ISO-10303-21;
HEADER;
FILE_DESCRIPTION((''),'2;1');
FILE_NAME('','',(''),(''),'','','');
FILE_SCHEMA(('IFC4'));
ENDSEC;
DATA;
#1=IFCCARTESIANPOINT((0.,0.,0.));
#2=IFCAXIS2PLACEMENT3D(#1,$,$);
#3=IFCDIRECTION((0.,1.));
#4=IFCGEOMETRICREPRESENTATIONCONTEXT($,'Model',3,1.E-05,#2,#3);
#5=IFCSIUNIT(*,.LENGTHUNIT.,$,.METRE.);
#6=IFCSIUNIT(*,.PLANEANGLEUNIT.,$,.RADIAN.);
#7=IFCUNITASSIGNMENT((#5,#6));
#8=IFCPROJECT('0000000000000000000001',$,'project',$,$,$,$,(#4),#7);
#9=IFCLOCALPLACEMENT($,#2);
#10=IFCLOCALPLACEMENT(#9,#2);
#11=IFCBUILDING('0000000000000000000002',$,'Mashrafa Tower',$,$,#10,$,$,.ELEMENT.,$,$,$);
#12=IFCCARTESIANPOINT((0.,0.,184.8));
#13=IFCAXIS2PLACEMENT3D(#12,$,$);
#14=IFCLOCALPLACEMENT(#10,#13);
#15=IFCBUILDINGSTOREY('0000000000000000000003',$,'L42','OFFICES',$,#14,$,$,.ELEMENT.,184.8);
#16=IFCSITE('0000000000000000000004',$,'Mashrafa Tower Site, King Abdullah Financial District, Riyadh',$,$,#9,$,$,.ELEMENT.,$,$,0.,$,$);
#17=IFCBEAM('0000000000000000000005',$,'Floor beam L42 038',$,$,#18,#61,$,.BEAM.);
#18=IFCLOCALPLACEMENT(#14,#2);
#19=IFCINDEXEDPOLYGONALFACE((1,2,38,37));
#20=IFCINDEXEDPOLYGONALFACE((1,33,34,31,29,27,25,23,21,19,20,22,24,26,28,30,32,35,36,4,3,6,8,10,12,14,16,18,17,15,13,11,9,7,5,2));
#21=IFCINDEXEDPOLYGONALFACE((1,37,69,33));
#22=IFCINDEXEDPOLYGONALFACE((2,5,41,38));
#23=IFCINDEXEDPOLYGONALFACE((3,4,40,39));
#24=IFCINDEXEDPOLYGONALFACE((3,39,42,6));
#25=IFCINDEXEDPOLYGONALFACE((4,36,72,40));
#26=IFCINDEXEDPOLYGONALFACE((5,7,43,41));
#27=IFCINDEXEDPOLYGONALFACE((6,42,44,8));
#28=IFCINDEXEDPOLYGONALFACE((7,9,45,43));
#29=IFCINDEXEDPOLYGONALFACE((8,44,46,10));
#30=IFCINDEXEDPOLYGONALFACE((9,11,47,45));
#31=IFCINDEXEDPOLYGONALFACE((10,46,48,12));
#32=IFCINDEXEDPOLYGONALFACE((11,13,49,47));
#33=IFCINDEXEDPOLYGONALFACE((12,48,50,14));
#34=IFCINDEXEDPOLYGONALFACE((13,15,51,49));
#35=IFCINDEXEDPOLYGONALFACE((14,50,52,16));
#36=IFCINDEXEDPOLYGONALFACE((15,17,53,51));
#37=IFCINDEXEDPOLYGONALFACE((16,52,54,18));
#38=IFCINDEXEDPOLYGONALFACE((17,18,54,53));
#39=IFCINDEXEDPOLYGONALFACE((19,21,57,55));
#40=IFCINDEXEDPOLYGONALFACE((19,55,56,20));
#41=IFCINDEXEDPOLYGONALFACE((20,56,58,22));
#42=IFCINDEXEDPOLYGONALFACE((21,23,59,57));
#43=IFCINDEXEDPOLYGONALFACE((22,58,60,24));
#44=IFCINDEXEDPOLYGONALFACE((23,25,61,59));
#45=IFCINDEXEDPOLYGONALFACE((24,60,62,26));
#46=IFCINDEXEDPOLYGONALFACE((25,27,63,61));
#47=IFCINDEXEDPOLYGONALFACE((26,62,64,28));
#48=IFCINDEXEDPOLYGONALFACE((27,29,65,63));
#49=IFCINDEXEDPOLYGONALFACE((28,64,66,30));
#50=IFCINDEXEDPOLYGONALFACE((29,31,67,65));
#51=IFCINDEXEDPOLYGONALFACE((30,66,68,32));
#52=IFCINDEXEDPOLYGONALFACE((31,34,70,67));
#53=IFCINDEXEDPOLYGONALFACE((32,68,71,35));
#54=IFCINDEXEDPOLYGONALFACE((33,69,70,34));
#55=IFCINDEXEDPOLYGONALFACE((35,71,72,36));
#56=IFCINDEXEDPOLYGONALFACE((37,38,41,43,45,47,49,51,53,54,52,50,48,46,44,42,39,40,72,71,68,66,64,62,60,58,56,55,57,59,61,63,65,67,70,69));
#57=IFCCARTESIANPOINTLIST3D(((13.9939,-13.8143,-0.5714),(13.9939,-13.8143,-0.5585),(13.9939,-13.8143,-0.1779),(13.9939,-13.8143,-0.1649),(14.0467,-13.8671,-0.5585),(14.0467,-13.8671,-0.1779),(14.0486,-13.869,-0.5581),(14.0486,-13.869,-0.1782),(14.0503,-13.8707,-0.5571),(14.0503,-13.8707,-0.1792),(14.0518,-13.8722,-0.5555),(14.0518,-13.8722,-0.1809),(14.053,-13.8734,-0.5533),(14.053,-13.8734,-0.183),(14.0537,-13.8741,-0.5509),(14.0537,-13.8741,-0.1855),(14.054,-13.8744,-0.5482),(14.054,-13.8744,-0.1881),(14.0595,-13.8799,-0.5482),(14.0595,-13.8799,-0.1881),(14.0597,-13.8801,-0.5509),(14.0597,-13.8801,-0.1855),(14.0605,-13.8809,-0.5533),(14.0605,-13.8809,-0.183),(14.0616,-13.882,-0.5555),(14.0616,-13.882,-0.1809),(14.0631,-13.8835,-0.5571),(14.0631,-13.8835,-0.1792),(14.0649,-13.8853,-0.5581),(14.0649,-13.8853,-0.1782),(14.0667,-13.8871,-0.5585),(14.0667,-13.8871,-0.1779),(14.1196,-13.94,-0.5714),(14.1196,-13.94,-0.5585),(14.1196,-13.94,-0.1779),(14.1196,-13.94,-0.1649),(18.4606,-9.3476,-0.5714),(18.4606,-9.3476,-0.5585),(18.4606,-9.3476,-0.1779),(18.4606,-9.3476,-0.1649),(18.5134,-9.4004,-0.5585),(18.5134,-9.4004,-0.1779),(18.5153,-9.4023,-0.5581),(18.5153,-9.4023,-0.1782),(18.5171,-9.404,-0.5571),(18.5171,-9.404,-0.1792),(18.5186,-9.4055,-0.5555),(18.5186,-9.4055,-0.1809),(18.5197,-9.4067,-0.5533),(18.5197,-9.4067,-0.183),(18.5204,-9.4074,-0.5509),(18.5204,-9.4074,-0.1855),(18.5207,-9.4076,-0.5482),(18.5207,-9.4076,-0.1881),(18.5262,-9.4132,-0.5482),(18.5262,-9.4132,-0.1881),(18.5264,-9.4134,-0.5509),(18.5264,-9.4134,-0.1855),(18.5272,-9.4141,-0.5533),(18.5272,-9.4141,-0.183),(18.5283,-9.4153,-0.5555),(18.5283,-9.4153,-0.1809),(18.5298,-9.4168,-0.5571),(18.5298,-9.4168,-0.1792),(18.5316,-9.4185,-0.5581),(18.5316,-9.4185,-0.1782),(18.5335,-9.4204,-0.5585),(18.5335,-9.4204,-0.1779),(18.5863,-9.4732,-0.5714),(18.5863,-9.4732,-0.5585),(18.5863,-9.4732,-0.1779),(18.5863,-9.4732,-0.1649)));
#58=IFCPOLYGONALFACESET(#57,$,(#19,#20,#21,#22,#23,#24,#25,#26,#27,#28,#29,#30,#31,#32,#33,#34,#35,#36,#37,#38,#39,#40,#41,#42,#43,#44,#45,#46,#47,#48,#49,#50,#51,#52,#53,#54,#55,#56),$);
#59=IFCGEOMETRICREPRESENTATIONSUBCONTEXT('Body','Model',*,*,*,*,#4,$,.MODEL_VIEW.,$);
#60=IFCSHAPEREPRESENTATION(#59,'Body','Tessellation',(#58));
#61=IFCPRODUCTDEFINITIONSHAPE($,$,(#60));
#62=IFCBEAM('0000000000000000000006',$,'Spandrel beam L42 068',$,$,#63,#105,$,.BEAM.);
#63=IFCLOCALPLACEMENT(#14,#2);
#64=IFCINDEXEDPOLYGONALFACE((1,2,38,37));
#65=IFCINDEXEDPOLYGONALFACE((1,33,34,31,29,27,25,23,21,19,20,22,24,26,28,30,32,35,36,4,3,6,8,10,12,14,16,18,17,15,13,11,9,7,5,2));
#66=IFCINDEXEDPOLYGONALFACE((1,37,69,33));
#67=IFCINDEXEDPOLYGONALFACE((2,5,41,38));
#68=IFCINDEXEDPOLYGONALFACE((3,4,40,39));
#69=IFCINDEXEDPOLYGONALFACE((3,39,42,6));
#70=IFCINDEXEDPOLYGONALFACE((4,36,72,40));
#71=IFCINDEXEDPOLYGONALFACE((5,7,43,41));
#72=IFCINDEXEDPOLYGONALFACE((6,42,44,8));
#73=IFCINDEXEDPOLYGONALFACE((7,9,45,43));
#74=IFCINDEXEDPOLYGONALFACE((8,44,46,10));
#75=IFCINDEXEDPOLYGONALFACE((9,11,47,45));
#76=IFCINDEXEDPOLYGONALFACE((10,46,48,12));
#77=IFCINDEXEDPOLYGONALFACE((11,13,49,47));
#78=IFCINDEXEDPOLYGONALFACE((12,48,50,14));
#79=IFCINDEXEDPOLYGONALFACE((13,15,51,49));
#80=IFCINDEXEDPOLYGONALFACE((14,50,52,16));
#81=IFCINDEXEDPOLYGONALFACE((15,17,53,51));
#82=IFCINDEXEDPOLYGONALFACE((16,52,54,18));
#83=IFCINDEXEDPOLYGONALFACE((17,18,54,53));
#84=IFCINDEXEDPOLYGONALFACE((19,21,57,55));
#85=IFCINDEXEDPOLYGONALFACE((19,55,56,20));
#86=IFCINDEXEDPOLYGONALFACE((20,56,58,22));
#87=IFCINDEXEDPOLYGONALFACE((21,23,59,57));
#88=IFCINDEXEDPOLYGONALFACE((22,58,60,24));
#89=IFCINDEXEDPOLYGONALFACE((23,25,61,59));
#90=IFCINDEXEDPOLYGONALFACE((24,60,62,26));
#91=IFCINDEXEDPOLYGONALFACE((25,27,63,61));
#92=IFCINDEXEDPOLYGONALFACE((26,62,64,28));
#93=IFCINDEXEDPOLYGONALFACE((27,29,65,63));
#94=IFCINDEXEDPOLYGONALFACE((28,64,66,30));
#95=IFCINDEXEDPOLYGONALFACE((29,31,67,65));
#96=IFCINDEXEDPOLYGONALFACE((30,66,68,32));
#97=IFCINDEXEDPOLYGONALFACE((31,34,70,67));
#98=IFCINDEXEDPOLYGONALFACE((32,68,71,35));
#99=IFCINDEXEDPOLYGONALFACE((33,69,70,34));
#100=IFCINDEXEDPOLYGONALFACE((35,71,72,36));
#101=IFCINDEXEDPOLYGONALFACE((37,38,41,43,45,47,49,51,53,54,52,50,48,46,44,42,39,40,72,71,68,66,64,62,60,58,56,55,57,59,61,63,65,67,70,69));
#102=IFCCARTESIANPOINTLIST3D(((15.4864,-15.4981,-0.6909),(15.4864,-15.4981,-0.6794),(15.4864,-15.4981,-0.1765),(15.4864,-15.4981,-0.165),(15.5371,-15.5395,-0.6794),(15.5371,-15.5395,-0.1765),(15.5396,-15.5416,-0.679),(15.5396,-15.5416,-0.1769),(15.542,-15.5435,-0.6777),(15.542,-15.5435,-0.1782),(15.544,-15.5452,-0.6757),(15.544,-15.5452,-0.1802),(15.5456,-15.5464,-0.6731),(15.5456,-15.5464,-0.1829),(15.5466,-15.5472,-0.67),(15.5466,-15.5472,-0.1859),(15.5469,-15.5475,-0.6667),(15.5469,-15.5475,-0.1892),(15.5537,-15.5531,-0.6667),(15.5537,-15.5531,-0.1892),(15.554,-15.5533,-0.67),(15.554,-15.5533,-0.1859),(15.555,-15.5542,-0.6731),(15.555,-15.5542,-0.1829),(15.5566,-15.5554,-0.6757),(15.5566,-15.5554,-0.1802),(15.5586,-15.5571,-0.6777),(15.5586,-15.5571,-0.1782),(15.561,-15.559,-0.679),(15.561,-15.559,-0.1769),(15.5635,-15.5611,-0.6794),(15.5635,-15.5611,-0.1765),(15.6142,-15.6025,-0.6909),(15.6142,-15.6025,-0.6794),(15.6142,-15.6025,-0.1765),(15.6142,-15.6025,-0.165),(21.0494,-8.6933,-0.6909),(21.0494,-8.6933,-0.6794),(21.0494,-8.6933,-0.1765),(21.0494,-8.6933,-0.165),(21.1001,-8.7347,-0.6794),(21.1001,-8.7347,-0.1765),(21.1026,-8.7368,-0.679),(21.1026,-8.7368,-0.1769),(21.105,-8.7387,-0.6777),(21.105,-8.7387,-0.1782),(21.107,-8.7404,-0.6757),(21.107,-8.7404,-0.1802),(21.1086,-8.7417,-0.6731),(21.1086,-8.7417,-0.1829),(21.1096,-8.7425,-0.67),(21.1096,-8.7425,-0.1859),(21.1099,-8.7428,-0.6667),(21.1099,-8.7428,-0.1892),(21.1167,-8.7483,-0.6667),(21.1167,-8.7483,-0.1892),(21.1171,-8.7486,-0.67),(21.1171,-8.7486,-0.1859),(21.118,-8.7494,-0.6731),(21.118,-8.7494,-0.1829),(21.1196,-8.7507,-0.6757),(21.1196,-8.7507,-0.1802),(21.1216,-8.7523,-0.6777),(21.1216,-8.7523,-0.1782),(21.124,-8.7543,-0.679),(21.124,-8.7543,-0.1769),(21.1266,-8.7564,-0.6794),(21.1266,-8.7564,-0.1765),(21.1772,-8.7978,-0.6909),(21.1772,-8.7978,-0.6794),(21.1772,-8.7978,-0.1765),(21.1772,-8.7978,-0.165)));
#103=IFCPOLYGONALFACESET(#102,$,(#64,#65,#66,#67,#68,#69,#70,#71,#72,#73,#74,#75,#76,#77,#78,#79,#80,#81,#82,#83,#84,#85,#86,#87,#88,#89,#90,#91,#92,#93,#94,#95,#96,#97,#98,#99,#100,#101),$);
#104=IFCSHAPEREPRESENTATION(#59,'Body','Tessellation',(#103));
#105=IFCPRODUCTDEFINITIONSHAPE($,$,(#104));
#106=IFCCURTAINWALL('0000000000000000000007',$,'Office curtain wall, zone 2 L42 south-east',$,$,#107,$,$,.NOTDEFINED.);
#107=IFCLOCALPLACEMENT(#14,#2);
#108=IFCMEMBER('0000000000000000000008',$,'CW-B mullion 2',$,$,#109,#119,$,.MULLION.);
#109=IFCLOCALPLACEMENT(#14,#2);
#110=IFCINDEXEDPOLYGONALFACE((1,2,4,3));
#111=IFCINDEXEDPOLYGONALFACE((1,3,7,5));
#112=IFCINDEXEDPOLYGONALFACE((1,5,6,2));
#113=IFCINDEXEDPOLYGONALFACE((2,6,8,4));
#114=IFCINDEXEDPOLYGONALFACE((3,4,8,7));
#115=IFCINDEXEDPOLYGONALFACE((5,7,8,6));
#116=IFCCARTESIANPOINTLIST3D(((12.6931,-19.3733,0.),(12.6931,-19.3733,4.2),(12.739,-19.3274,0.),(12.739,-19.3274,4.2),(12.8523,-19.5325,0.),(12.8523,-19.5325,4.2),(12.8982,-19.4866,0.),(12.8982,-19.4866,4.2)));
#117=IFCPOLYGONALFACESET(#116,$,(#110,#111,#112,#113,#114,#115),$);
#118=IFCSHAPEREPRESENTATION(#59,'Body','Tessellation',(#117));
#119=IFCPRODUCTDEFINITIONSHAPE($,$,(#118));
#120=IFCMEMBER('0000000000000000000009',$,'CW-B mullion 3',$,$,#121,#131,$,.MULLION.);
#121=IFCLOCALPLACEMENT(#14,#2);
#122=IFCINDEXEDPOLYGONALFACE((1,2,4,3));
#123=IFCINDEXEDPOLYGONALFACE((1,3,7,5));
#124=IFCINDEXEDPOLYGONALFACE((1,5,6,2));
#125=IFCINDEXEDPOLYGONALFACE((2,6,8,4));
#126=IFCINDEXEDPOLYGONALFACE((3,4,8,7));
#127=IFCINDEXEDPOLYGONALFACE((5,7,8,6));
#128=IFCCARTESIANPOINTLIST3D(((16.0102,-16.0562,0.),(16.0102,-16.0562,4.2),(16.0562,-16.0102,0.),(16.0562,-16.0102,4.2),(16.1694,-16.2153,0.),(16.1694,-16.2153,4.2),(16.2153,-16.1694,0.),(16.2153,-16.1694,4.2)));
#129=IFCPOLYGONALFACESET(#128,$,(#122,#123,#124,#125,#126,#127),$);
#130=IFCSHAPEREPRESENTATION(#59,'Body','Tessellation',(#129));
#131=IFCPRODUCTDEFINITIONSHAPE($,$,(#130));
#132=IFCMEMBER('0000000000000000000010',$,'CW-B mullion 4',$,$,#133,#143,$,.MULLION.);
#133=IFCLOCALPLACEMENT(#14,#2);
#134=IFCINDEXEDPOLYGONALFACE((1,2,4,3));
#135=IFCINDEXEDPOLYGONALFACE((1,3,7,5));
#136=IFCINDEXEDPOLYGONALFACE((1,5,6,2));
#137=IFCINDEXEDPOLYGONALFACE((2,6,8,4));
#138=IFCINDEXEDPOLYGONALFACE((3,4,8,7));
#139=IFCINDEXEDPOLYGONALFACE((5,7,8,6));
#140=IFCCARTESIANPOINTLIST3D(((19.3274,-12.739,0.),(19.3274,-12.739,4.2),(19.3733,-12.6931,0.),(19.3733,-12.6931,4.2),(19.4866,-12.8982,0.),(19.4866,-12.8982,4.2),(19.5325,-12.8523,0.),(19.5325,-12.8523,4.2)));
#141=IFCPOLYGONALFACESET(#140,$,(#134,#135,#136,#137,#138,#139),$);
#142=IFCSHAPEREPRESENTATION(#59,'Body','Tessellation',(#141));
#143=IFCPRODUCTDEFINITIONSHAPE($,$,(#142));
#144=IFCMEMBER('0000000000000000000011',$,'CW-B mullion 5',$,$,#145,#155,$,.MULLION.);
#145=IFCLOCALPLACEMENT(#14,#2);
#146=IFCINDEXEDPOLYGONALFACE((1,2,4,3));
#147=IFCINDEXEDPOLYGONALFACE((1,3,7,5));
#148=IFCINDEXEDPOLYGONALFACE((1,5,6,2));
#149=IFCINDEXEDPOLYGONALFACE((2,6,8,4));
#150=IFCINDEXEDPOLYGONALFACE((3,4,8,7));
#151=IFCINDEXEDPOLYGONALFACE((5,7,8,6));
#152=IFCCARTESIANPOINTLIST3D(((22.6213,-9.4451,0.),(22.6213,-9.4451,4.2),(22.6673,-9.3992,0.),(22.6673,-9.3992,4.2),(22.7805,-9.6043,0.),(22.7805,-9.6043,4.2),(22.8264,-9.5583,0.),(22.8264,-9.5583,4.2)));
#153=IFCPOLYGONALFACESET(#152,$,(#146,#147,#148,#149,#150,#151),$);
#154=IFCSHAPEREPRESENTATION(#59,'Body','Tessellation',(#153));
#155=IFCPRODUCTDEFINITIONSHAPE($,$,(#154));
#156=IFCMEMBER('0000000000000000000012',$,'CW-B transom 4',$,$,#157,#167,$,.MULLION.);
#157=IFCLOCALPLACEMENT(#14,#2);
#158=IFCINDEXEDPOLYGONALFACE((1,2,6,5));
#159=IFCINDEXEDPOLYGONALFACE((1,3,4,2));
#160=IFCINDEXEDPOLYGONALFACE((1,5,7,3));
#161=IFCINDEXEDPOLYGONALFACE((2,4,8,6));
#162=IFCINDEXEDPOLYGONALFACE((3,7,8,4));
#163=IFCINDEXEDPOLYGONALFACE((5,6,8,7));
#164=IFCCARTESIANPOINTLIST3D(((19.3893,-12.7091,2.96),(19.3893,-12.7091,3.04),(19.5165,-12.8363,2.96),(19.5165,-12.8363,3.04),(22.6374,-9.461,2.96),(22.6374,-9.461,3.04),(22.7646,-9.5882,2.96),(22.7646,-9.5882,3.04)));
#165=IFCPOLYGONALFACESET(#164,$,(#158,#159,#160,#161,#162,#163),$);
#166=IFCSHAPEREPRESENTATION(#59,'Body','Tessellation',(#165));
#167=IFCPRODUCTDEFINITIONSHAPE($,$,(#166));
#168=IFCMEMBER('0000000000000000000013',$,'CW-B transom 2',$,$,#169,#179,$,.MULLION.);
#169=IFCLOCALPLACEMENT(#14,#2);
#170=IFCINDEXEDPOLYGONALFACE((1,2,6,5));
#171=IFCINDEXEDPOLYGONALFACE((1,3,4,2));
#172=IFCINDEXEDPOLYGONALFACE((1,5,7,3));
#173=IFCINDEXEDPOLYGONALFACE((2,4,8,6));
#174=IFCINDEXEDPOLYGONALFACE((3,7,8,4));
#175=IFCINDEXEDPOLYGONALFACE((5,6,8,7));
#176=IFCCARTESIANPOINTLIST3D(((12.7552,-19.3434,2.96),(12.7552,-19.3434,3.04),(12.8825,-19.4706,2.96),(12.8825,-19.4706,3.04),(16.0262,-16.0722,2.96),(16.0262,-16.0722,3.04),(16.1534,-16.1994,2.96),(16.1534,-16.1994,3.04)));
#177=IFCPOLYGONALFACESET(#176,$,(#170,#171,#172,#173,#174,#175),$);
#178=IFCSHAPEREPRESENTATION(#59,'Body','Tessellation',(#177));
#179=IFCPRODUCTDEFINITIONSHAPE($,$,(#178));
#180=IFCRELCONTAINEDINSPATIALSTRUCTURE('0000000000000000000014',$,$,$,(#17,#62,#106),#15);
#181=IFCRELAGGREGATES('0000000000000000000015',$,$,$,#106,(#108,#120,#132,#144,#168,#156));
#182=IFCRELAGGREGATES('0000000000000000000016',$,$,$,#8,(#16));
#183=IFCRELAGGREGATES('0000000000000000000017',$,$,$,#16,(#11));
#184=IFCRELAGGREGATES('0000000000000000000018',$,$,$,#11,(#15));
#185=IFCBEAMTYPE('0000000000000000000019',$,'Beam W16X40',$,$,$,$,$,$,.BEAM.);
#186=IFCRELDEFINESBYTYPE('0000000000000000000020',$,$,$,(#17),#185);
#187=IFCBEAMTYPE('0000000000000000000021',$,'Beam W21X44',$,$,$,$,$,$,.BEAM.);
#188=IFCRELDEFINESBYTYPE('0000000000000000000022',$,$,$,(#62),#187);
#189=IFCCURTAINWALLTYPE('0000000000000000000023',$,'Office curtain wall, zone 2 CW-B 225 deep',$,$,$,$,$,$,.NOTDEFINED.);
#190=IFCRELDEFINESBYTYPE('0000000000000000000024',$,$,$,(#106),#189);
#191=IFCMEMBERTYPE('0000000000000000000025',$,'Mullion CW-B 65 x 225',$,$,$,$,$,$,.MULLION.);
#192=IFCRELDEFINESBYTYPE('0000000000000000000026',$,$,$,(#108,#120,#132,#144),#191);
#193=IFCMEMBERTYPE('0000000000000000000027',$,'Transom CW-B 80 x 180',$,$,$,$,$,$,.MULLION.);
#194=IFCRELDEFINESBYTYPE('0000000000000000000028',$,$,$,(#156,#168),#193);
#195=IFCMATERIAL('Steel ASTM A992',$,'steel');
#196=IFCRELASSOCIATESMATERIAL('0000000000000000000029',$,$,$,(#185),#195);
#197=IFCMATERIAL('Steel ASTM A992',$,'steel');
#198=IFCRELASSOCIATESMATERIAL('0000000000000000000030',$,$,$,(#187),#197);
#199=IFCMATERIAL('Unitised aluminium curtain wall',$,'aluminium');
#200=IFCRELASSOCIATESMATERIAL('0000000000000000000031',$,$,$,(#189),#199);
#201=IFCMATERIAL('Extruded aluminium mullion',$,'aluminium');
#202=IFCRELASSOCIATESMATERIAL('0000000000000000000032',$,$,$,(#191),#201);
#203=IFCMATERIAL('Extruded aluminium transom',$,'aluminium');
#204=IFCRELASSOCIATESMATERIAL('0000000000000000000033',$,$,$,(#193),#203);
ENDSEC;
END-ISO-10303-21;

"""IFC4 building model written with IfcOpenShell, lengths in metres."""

from ifc_helpers import new_model, si_unit, direction, frame, origin, origin_2d, place, context, subcontext, project, spatial, rectangle, i_section, extrude, source, transform, mapped, material, material_profile, profile_set, type_object, type_shapes, element, aggregate, save


model = new_model("IFC4")

# Units and contexts
model_context = context("Model", 3, precision=1e-05, world=origin(), true_north=direction((0.0, 1.0)))
body_context = subcontext(model_context, "Body", "Model", "MODEL_VIEW")
ifc_project = project(units=[si_unit("LENGTHUNIT", "METRE"), si_unit("PLANEANGLEUNIT", "RADIAN")], contexts=[model_context])

# Site, building, storey
site_placement = place(None, origin())
site = spatial("IfcSite", under=ifc_project, at=site_placement, Name="Mashrafa Tower Site, King Abdullah Financial District, Riyadh", CompositionType="ELEMENT", RefElevation=0.0)
building_placement = place(site_placement, origin())
building = spatial("IfcBuilding", under=site, at=building_placement, Name="Mashrafa Tower", CompositionType="ELEMENT")
storey_placement = place(building_placement, frame((0.0, 0.0, 184.8)))
storey = spatial("IfcBuildingStorey", under=building, at=storey_placement, Name="L42", Description="OFFICES", CompositionType="ELEMENT", Elevation=184.8)

# Beams
ifc_material_1 = material(Name="Steel ASTM A992", Category="steel")
ifc_material_profile_1 = material_profile(ifc_material_1, i_section(OverallWidth=0.1777, OverallDepth=0.4065, WebThickness=0.0078, FlangeThickness=0.0129, FilletRadius=0.0103, at=origin_2d()), Name="W16X40")
ifc_profile_set_1 = profile_set([ifc_material_profile_1], Name="Steel ASTM A992")
beam_type_1 = type_object("IfcBeamType", Name="Beam W16X40", PredefinedType="BEAM", material=ifc_profile_set_1)
for number, where, z_axis, x_axis, name in (
    (1, (18.5234, -9.4104, -0.3682), (-0.707107, -0.707107, 0.0), (0.707107, -0.707107, 0.0), "Floor beam L42 038"),
):
    element("IfcBeam", number, at=place(storey_placement, frame(where, z_axis=z_axis, x_axis=x_axis)), inside=storey, type_object=beam_type_1, Name=name, PredefinedType="BEAM", context=body_context, shape_type="SweptSolid", body=[
        extrude(i_section(OverallWidth=0.1777, OverallDepth=0.4065, WebThickness=0.0078, FlangeThickness=0.0129, FilletRadius=0.0103, at=origin_2d()), origin(), (0.0, 0.0, 1.0), 6.3169),
    ])
ifc_material_2 = material(Name="Steel ASTM A992", Category="steel")
ifc_material_profile_2 = material_profile(ifc_material_2, i_section(OverallWidth=0.165, OverallDepth=0.5259, WebThickness=0.0088, FlangeThickness=0.0115, FilletRadius=0.0127, at=origin_2d()), Name="W21X44")
ifc_profile_set_2 = profile_set([ifc_material_profile_2], Name="Steel ASTM A992")
beam_type_2 = type_object("IfcBeamType", Name="Beam W21X44", PredefinedType="BEAM", material=ifc_profile_set_2)
beam_placement = place(storey_placement, frame((15.5503, -15.5503, -0.428), z_axis=(0.632932, 0.774207, 0.0), x_axis=(-0.774207, 0.632932, 0.0)))
element("IfcBeam", 2, at=beam_placement, inside=storey, type_object=beam_type_2, Name="Spandrel beam L42 068", PredefinedType="BEAM", context=body_context, shape_type="SweptSolid", body=[
    extrude(i_section(OverallWidth=0.165, OverallDepth=0.5259, WebThickness=0.0088, FlangeThickness=0.0115, FilletRadius=0.0127, at=origin_2d()), origin(), (0.0, 0.0, 1.0), 8.7893),
])

# Curtain wall, members
ifc_material_3 = material(Name="Unitised aluminium curtain wall", Category="aluminium")
curtain_wall_type = type_object("IfcCurtainWallType", Name="Office curtain wall, zone 2 CW-B 225 deep", PredefinedType="NOTDEFINED", material=ifc_material_3)
curtain_wall_placement = place(storey_placement, origin())
curtain_wall = element("IfcCurtainWall", 3, at=curtain_wall_placement, inside=storey, type_object=curtain_wall_type, Name="Office curtain wall, zone 2 L42 south-east", PredefinedType="NOTDEFINED")
ifc_material_4 = material(Name="Extruded aluminium mullion", Category="aluminium")
ifc_material_profile_3 = material_profile(ifc_material_4, rectangle(XDim=0.2251, YDim=0.0649, at=origin_2d()), Name="Mullion 65x225")
ifc_profile_set_3 = profile_set([ifc_material_profile_3], Name="Extruded aluminium mullion")
member_type_1 = type_object("IfcMemberType", Name="Mullion CW-B 65 x 225", PredefinedType="MULLION", material=ifc_profile_set_3)
shared_shape_1 = source(origin(), body_context, "Body", "SweptSolid", [
    extrude(rectangle(XDim=0.2251, YDim=0.0649, at=origin_2d()), origin(), (0.0, 0.0, 1.0), 4.2),
])
type_shapes(member_type_1, [shared_shape_1])
member_1_placement = place(storey_placement, frame((12.7957, -19.4299, 0.0), z_axis=(0.0, 0.0, 1.0), x_axis=(-0.707107, 0.707107, 0.0)))
member_1 = element("IfcMember", 4, at=member_1_placement, type_object=member_type_1, Name="CW-B mullion 2", PredefinedType="MULLION", context=body_context, shape_type="MappedRepresentation", body=[
    mapped(shared_shape_1, transform((0.0, 0.0, 0.0))),
])
member_2_placement = place(storey_placement, frame((16.1128, -16.1128, 0.0), z_axis=(0.0, 0.0, 1.0), x_axis=(-0.707107, 0.707107, 0.0)))
member_2 = element("IfcMember", 5, at=member_2_placement, type_object=member_type_1, Name="CW-B mullion 3", PredefinedType="MULLION", context=body_context, shape_type="MappedRepresentation", body=[
    mapped(shared_shape_1, transform((0.0, 0.0, 0.0))),
])
member_3_placement = place(storey_placement, frame((19.4299, -12.7957, 0.0), z_axis=(0.0, 0.0, 1.0), x_axis=(-0.707107, 0.707107, 0.0)))
member_3 = element("IfcMember", 6, at=member_3_placement, type_object=member_type_1, Name="CW-B mullion 4", PredefinedType="MULLION", context=body_context, shape_type="MappedRepresentation", body=[
    mapped(shared_shape_1, transform((0.0, 0.0, 0.0))),
])
member_4_placement = place(storey_placement, frame((22.7239, -9.5017, 0.0), z_axis=(0.0, 0.0, 1.0), x_axis=(-0.707107, 0.707107, 0.0)))
member_4 = element("IfcMember", 7, at=member_4_placement, type_object=member_type_1, Name="CW-B mullion 5", PredefinedType="MULLION", context=body_context, shape_type="MappedRepresentation", body=[
    mapped(shared_shape_1, transform((0.0, 0.0, 0.0))),
])
ifc_material_5 = material(Name="Extruded aluminium transom", Category="aluminium")
ifc_material_profile_4 = material_profile(ifc_material_5, rectangle(XDim=0.1799, YDim=0.0801, at=origin_2d()), Name="Transom 80x180")
ifc_profile_set_4 = profile_set([ifc_material_profile_4], Name="Extruded aluminium transom")
member_type_2 = type_object("IfcMemberType", Name="Transom CW-B 80 x 180", PredefinedType="MULLION", material=ifc_profile_set_4)
shared_shape_2 = source(origin(), body_context, "Body", "SweptSolid", [
    extrude(rectangle(XDim=0.1799, YDim=0.0801, at=origin_2d()), origin(), (0.0, 0.0, 1.0), 4.5935),
])
member_5_placement = place(storey_placement, frame((19.4529, -12.7727, 3.0), z_axis=(0.707107, 0.707107, 0.0), x_axis=(-0.707107, 0.707107, 0.0)))
member_5 = element("IfcMember", 8, at=member_5_placement, type_object=member_type_2, Name="CW-B transom 4", PredefinedType="MULLION", context=body_context, shape_type="MappedRepresentation", body=[
    mapped(shared_shape_2, transform((0.0, 0.0, 0.0))),
])
shared_shape_3 = source(origin(), body_context, "Body", "SweptSolid", [
    extrude(rectangle(XDim=0.1799, YDim=0.0801, at=origin_2d()), origin(), (0.0, 0.0, 1.0), 4.626),
])
type_shapes(member_type_2, [shared_shape_2, shared_shape_3])
member_6_placement = place(storey_placement, frame((12.8188, -19.407, 3.0), z_axis=(0.70708, 0.707133, 0.0), x_axis=(-0.707133, 0.70708, 0.0)))
member_6 = element("IfcMember", 9, at=member_6_placement, type_object=member_type_2, Name="CW-B transom 2", PredefinedType="MULLION", context=body_context, shape_type="MappedRepresentation", body=[
    mapped(shared_shape_3, transform((0.0, 0.0, 0.0))),
])
aggregate(curtain_wall, [member_1, member_2, member_3, member_4, member_6, member_5])

save(model, "model.ifc")
